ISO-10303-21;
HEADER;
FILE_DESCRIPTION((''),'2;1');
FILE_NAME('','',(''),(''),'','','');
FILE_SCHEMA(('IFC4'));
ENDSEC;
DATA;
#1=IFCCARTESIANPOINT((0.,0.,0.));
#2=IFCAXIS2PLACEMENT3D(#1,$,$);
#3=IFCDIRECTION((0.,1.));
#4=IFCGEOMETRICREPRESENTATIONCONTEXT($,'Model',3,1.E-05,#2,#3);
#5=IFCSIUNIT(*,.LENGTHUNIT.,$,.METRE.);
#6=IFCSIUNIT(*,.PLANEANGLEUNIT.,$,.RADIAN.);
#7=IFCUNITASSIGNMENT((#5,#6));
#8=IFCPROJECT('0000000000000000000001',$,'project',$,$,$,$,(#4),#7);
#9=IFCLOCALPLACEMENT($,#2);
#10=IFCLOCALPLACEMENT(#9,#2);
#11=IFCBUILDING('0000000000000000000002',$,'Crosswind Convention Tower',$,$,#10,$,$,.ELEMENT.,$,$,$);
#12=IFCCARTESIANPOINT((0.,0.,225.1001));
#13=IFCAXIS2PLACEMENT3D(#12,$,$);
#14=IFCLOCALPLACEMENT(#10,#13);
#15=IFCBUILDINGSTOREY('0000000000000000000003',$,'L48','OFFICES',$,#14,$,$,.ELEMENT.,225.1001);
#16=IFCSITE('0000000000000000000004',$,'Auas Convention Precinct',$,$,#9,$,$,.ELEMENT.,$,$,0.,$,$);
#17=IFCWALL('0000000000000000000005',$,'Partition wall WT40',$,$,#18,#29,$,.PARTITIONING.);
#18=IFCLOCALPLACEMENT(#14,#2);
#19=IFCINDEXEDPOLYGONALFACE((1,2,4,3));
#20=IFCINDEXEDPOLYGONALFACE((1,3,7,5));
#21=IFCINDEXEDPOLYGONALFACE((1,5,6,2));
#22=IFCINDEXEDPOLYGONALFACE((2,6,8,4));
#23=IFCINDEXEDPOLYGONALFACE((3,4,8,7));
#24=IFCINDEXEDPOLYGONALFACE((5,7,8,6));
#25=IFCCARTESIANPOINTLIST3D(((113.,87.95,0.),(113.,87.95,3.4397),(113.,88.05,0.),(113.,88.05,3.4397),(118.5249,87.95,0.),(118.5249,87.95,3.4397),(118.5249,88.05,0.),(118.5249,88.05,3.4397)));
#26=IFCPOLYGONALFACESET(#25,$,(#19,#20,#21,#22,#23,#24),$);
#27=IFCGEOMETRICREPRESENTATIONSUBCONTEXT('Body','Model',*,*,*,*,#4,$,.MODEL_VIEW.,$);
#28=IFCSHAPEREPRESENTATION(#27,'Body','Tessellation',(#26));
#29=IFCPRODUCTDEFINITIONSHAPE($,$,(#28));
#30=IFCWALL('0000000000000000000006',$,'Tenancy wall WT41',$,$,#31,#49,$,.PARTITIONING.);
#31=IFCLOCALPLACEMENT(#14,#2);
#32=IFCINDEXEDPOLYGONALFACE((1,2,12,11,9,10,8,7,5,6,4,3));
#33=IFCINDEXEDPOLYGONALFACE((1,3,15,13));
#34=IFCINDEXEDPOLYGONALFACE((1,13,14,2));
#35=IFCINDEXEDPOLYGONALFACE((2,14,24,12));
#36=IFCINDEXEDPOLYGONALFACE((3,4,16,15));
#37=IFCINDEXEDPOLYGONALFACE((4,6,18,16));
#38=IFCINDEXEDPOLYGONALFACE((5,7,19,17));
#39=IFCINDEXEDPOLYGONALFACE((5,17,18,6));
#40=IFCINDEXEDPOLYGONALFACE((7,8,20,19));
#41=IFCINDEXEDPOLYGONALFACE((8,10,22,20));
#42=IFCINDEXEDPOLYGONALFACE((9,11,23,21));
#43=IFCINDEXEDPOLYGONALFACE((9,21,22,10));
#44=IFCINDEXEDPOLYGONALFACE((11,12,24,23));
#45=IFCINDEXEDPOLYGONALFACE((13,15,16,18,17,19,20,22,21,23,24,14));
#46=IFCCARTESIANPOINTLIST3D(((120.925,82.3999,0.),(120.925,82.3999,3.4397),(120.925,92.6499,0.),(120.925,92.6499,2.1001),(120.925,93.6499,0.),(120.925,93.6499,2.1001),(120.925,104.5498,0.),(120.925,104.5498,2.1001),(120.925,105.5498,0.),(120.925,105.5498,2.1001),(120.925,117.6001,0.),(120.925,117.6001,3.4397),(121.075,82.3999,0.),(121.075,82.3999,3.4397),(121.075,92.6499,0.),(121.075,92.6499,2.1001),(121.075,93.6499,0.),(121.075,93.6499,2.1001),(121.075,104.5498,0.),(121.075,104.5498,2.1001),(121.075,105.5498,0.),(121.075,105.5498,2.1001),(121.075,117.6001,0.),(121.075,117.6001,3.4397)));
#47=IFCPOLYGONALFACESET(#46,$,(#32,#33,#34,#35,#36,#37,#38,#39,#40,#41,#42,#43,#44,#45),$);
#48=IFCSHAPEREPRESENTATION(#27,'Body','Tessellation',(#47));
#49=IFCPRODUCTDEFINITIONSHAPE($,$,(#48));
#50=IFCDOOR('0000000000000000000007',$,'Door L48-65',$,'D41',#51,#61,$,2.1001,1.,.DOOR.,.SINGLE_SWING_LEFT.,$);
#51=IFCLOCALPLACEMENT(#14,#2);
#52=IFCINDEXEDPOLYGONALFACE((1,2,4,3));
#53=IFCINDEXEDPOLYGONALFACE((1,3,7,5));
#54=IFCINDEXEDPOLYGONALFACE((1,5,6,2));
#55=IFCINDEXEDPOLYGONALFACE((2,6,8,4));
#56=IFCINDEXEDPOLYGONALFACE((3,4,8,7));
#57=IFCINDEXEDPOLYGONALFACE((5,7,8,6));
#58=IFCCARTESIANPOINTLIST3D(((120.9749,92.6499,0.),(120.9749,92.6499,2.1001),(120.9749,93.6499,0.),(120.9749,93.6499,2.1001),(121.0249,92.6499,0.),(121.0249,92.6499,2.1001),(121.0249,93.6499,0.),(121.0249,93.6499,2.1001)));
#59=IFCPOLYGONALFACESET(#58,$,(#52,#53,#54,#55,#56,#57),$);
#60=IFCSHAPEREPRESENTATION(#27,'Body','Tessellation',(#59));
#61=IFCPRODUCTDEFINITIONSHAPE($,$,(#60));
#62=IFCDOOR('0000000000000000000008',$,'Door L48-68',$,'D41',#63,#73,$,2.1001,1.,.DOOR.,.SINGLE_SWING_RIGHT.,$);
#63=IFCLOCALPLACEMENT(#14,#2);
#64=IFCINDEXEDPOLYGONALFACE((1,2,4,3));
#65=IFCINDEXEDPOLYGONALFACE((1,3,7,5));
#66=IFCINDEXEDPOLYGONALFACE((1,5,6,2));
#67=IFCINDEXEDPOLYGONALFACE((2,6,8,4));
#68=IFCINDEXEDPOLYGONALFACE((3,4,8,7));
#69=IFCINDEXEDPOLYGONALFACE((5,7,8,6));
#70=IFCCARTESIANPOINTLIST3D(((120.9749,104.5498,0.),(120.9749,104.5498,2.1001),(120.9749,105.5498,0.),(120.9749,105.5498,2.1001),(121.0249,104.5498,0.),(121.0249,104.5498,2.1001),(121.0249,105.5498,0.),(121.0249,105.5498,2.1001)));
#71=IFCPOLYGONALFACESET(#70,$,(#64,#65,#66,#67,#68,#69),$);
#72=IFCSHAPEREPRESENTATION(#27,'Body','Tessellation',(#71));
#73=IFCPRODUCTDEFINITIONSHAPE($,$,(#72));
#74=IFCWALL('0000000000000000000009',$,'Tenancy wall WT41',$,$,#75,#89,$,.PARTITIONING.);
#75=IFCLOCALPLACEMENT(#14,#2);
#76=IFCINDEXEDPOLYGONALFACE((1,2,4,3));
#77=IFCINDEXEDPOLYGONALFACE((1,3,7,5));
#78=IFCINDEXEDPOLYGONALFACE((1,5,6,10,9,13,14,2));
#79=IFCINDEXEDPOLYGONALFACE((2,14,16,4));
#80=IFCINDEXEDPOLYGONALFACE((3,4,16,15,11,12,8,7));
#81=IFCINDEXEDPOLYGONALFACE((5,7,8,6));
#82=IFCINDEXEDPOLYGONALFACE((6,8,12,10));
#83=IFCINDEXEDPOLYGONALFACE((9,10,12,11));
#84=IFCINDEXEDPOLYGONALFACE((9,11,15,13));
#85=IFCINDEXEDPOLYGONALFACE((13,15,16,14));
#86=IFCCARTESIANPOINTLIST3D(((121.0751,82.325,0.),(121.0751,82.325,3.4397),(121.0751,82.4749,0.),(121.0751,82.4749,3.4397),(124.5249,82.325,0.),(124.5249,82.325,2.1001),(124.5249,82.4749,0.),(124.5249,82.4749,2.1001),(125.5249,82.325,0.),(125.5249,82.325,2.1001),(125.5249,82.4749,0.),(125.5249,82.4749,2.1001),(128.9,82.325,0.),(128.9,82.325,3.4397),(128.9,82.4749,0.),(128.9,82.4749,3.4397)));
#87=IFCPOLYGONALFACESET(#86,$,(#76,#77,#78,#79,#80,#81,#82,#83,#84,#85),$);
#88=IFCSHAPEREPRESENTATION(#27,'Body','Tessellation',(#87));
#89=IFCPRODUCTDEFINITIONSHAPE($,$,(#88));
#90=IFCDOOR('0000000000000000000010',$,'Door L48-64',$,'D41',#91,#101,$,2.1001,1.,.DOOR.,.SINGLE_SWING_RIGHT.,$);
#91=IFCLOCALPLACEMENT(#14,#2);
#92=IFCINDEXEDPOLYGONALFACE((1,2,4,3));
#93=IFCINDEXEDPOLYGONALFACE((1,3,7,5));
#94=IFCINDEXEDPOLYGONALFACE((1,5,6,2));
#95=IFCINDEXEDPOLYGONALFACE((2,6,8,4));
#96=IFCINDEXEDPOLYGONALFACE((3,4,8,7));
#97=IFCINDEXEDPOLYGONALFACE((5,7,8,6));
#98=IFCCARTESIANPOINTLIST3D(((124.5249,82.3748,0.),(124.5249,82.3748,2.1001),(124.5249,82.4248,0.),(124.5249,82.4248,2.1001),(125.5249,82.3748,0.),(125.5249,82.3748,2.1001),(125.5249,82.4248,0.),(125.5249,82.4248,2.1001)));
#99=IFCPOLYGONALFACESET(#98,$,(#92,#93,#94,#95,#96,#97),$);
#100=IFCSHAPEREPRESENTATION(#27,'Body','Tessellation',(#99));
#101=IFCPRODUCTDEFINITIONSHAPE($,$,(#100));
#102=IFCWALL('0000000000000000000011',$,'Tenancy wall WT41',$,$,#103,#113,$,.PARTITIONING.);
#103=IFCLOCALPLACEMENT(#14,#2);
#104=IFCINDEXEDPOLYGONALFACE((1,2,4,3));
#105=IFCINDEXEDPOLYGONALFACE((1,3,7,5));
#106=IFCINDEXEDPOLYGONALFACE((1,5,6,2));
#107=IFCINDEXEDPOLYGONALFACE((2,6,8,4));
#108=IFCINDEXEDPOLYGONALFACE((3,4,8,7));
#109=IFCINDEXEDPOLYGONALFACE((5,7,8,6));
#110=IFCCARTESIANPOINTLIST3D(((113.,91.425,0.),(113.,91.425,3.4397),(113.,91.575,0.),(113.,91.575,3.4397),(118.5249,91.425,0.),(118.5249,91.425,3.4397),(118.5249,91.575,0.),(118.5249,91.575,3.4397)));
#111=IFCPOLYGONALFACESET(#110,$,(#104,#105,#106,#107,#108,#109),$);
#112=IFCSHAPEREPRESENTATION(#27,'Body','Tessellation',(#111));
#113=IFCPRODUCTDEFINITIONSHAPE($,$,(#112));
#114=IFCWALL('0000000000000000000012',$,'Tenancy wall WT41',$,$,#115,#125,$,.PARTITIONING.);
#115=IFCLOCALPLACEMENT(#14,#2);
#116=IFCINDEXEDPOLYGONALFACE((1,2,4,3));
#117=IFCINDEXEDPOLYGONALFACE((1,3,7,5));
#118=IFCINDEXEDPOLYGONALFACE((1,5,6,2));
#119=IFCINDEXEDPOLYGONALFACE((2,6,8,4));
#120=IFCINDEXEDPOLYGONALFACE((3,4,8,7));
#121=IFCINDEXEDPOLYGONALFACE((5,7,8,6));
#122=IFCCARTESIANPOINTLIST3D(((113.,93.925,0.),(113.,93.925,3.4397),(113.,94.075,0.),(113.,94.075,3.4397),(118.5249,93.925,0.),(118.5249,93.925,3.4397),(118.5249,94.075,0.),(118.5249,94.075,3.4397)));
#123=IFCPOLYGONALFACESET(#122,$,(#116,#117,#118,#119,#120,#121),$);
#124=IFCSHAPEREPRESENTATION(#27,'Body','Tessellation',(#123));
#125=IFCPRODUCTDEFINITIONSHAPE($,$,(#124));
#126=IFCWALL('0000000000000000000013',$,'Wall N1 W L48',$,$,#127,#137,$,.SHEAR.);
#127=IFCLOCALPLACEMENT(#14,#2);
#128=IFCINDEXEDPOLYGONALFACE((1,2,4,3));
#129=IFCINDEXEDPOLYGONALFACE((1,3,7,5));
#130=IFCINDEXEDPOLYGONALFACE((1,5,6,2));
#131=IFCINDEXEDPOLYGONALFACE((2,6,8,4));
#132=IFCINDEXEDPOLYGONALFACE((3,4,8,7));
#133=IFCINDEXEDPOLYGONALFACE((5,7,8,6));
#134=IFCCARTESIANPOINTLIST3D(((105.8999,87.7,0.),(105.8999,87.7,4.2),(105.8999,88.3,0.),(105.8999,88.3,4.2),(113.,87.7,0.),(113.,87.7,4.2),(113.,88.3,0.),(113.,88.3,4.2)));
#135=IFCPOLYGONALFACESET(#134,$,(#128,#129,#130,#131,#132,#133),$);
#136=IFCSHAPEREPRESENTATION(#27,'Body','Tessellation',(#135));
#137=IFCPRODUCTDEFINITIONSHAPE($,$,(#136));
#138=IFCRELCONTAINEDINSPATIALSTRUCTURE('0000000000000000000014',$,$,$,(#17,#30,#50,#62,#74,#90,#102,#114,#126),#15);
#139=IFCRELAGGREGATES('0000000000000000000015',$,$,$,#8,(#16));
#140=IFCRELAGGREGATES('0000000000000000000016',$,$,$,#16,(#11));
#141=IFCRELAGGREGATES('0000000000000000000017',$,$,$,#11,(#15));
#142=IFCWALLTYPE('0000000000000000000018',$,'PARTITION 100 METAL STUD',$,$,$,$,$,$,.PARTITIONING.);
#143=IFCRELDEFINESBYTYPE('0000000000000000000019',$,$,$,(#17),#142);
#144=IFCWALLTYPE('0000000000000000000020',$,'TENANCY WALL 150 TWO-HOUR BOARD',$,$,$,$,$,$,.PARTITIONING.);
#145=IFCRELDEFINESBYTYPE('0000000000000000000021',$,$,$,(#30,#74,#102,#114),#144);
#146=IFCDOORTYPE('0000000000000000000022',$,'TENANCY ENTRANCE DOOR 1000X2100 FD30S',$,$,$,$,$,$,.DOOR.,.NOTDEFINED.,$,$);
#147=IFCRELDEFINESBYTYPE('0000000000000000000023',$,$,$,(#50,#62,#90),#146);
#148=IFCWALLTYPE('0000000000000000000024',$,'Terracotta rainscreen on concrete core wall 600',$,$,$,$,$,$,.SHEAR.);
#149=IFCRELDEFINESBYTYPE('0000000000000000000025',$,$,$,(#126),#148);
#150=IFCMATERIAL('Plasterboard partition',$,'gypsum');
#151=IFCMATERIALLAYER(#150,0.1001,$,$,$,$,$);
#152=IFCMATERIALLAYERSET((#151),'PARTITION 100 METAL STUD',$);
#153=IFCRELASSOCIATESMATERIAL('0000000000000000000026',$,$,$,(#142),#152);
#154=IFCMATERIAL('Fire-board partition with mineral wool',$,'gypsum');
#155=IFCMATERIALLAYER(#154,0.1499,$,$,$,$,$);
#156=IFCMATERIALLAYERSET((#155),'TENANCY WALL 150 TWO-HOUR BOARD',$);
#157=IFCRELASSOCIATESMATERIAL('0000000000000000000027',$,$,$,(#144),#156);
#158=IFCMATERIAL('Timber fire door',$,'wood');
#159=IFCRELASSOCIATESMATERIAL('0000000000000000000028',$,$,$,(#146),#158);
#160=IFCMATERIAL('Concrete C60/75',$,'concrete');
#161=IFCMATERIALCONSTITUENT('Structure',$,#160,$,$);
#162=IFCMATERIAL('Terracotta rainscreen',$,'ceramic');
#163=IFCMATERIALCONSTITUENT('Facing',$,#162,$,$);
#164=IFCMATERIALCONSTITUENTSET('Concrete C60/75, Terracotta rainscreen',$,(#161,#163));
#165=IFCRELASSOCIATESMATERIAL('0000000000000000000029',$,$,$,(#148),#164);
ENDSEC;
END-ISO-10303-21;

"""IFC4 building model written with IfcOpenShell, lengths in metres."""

from ifc_helpers import new_model, si_unit, direction, frame, frame_2d, origin, place, context, subcontext, project, spatial, rectangle, extrude, material, layer, layer_set, constituent, constituent_set, type_object, element, fill, save


model = new_model("IFC4")

# Units and contexts
model_context = context("Model", 3, precision=1e-05, world=origin(), true_north=direction((0.0, 1.0)))
body_context = subcontext(model_context, "Body", "Model", "MODEL_VIEW")
ifc_project = project(units=[si_unit("LENGTHUNIT", "METRE"), si_unit("PLANEANGLEUNIT", "RADIAN")], contexts=[model_context])

# Site, building, storey
site_placement = place(None, origin())
site = spatial("IfcSite", under=ifc_project, at=site_placement, Name="Auas Convention Precinct", CompositionType="ELEMENT", RefElevation=0.0)
building_placement = place(site_placement, origin())
building = spatial("IfcBuilding", under=site, at=building_placement, Name="Crosswind Convention Tower", CompositionType="ELEMENT")
storey_placement = place(building_placement, frame((0.0, 0.0, 225.1001)))
storey = spatial("IfcBuildingStorey", under=building, at=storey_placement, Name="L48", Description="OFFICES", CompositionType="ELEMENT", Elevation=225.1001)

# Shared definitions
ifc_material_1 = material(Name="Concrete C60/75", Category="concrete")

# Wall
ifc_material_2 = material(Name="Plasterboard partition", Category="gypsum")
ifc_layer_1 = layer(ifc_material_2, 0.1001)
ifc_layer_set_1 = layer_set([ifc_layer_1], Name="PARTITION 100 METAL STUD")
wall_type_1 = type_object("IfcWallType", Name="PARTITION 100 METAL STUD", PredefinedType="PARTITIONING", material=ifc_layer_set_1)
wall_1_placement = place(storey_placement, frame((113.0, 88.0, 0.0), z_axis=(0.0, 0.0, 1.0), x_axis=(1.0, 0.0, 0.0)))
element("IfcWall", 1, at=wall_1_placement, inside=storey, type_object=wall_type_1, Name="Partition wall WT40", PredefinedType="PARTITIONING", context=body_context, shape_type="SweptSolid", body=[
    extrude(rectangle(XDim=5.5249, YDim=0.1001, at=frame_2d((2.7625, 0.0))), origin(), (0.0, 0.0, 1.0), 3.4397),
])

# Wall, openings, doors
ifc_material_3 = material(Name="Fire-board partition with mineral wool", Category="gypsum")
ifc_layer_2 = layer(ifc_material_3, 0.1499)
ifc_layer_set_2 = layer_set([ifc_layer_2], Name="TENANCY WALL 150 TWO-HOUR BOARD")
wall_type_2 = type_object("IfcWallType", Name="TENANCY WALL 150 TWO-HOUR BOARD", PredefinedType="PARTITIONING", material=ifc_layer_set_2)
wall_2_placement = place(storey_placement, frame((121.0, 82.3999, 0.0), z_axis=(0.0, 0.0, 1.0), x_axis=(0.0, 1.0, 0.0)))
wall_2 = element("IfcWall", 2, at=wall_2_placement, inside=storey, type_object=wall_type_2, Name="Tenancy wall WT41", PredefinedType="PARTITIONING", context=body_context, shape_type="SweptSolid", body=[
    extrude(rectangle(XDim=35.2002, YDim=0.1499, at=frame_2d((17.6001, 0.0))), origin(), (0.0, 0.0, 1.0), 3.4397),
])
opening_1_placement = place(wall_2_placement, frame((10.25, 0.0, 0.0)))
opening_1 = element("IfcOpeningElement", 3, at=opening_1_placement, cuts=wall_2, PredefinedType="OPENING", context=body_context, shape_type="SweptSolid", body=[
    extrude(rectangle(XDim=1.0, YDim=2.1001, at=frame_2d((0.5, 1.05))), frame((0.0, 0.085, 0.0), z_axis=(0.0, -1.0, 0.0), x_axis=(1.0, 0.0, 0.0)), (0.0, 0.0, 1.0), 0.1699),
])
opening_2_placement = place(wall_2_placement, frame((22.1499, 0.0, 0.0)))
opening_2 = element("IfcOpeningElement", 4, at=opening_2_placement, cuts=wall_2, PredefinedType="OPENING", context=body_context, shape_type="SweptSolid", body=[
    extrude(rectangle(XDim=1.0, YDim=2.1001, at=frame_2d((0.5, 1.05))), frame((0.0, 0.085, 0.0), z_axis=(0.0, -1.0, 0.0), x_axis=(1.0, 0.0, 0.0)), (0.0, 0.0, 1.0), 0.1699),
])
ifc_material_4 = material(Name="Timber fire door", Category="wood")
door_type = type_object("IfcDoorType", Name="TENANCY ENTRANCE DOOR 1000X2100 FD30S", OperationType="NOTDEFINED", PredefinedType="DOOR", material=ifc_material_4)
door_1_placement = place(opening_1_placement, frame((1.0, 0.0, 0.0), z_axis=(0.0, 0.0, 1.0), x_axis=(-1.0, 0.0, 0.0)))
door_1 = element("IfcDoor", 5, at=door_1_placement, inside=storey, type_object=door_type, Name="Door L48-65", ObjectType="D41", OperationType="SINGLE_SWING_LEFT", OverallHeight=2.1001, OverallWidth=1.0, PredefinedType="DOOR", context=body_context, shape_type="SweptSolid", body=[
    extrude(rectangle(XDim=1.0, YDim=2.1001, at=frame_2d((0.5, 1.05))), frame((0.0, 0.0249, 0.0), z_axis=(0.0, -1.0, 0.0), x_axis=(1.0, 0.0, 0.0)), (0.0, 0.0, 1.0), 0.05),
])
fill(opening_1, door_1)
door_2_placement = place(opening_2_placement, frame((1.0, 0.0, 0.0), z_axis=(0.0, 0.0, 1.0), x_axis=(-1.0, 0.0, 0.0)))
door_2 = element("IfcDoor", 6, at=door_2_placement, inside=storey, type_object=door_type, Name="Door L48-68", ObjectType="D41", OperationType="SINGLE_SWING_RIGHT", OverallHeight=2.1001, OverallWidth=1.0, PredefinedType="DOOR", context=body_context, shape_type="SweptSolid", body=[
    extrude(rectangle(XDim=1.0, YDim=2.1001, at=frame_2d((0.5, 1.05))), frame((0.0, 0.0249, 0.0), z_axis=(0.0, -1.0, 0.0), x_axis=(1.0, 0.0, 0.0)), (0.0, 0.0, 1.0), 0.05),
])
fill(opening_2, door_2)

# Wall, opening, door
wall_3_placement = place(storey_placement, frame((121.075, 82.3999, 0.0), z_axis=(0.0, 0.0, 1.0), x_axis=(1.0, 0.0, 0.0)))
wall_3 = element("IfcWall", 7, at=wall_3_placement, inside=storey, type_object=wall_type_2, Name="Tenancy wall WT41", PredefinedType="PARTITIONING", context=body_context, shape_type="SweptSolid", body=[
    extrude(rectangle(XDim=7.825, YDim=0.1499, at=frame_2d((3.9126, 0.0))), origin(), (0.0, 0.0, 1.0), 3.4397),
])
opening_3_placement = place(wall_3_placement, frame((3.45, 0.0, 0.0)))
opening_3 = element("IfcOpeningElement", 8, at=opening_3_placement, cuts=wall_3, PredefinedType="OPENING", context=body_context, shape_type="SweptSolid", body=[
    extrude(rectangle(XDim=1.0, YDim=2.1001, at=frame_2d((0.5, 1.05))), frame((0.0, 0.085, 0.0), z_axis=(0.0, -1.0, 0.0), x_axis=(1.0, 0.0, 0.0)), (0.0, 0.0, 1.0), 0.1699),
])
door_3_placement = place(opening_3_placement, origin())
door_3 = element("IfcDoor", 9, at=door_3_placement, inside=storey, type_object=door_type, Name="Door L48-64", ObjectType="D41", OperationType="SINGLE_SWING_RIGHT", OverallHeight=2.1001, OverallWidth=1.0, PredefinedType="DOOR", context=body_context, shape_type="SweptSolid", body=[
    extrude(rectangle(XDim=1.0, YDim=2.1001, at=frame_2d((0.5, 1.05))), frame((0.0, 0.0249, 0.0), z_axis=(0.0, -1.0, 0.0), x_axis=(1.0, 0.0, 0.0)), (0.0, 0.0, 1.0), 0.05),
])
fill(opening_3, door_3)

# Walls
for number, where, z_axis, x_axis, name in (
    (10, (113.0, 91.5, 0.0), (0.0, 0.0, 1.0), (1.0, 0.0, 0.0), "Tenancy wall WT41"),
    (11, (113.0, 94.0, 0.0), (0.0, 0.0, 1.0), (1.0, 0.0, 0.0), "Tenancy wall WT41"),
):
    element("IfcWall", number, at=place(storey_placement, frame(where, z_axis=z_axis, x_axis=x_axis)), inside=storey, type_object=wall_type_2, Name=name, PredefinedType="PARTITIONING", context=body_context, shape_type="SweptSolid", body=[
        extrude(rectangle(XDim=5.5249, YDim=0.1499, at=frame_2d((2.7625, 0.0))), origin(), (0.0, 0.0, 1.0), 3.4397),
    ])
ifc_constituent_1 = constituent(ifc_material_1, Name="Structure")
ifc_material_5 = material(Name="Terracotta rainscreen", Category="ceramic")
ifc_constituent_2 = constituent(ifc_material_5, Name="Facing")
ifc_constituent_set = constituent_set(constituents=[ifc_constituent_1, ifc_constituent_2], Name="Concrete C60/75, Terracotta rainscreen")
wall_type_3 = type_object("IfcWallType", Name="Terracotta rainscreen on concrete core wall 600", PredefinedType="SHEAR", material=ifc_constituent_set)
wall_4_placement = place(storey_placement, frame((113.0, 88.0, 0.0), z_axis=(0.0, 0.0, 1.0), x_axis=(-1.0, 0.0, 0.0)))
element("IfcWall", 12, at=wall_4_placement, inside=storey, type_object=wall_type_3, Name="Wall N1 W L48", PredefinedType="SHEAR", context=body_context, shape_type="SweptSolid", body=[
    extrude(rectangle(XDim=7.1001, YDim=0.6001, at=frame_2d((3.55, 0.0))), origin(), (0.0, 0.0, 1.0), 4.2),
])

save(model, "model.ifc")
